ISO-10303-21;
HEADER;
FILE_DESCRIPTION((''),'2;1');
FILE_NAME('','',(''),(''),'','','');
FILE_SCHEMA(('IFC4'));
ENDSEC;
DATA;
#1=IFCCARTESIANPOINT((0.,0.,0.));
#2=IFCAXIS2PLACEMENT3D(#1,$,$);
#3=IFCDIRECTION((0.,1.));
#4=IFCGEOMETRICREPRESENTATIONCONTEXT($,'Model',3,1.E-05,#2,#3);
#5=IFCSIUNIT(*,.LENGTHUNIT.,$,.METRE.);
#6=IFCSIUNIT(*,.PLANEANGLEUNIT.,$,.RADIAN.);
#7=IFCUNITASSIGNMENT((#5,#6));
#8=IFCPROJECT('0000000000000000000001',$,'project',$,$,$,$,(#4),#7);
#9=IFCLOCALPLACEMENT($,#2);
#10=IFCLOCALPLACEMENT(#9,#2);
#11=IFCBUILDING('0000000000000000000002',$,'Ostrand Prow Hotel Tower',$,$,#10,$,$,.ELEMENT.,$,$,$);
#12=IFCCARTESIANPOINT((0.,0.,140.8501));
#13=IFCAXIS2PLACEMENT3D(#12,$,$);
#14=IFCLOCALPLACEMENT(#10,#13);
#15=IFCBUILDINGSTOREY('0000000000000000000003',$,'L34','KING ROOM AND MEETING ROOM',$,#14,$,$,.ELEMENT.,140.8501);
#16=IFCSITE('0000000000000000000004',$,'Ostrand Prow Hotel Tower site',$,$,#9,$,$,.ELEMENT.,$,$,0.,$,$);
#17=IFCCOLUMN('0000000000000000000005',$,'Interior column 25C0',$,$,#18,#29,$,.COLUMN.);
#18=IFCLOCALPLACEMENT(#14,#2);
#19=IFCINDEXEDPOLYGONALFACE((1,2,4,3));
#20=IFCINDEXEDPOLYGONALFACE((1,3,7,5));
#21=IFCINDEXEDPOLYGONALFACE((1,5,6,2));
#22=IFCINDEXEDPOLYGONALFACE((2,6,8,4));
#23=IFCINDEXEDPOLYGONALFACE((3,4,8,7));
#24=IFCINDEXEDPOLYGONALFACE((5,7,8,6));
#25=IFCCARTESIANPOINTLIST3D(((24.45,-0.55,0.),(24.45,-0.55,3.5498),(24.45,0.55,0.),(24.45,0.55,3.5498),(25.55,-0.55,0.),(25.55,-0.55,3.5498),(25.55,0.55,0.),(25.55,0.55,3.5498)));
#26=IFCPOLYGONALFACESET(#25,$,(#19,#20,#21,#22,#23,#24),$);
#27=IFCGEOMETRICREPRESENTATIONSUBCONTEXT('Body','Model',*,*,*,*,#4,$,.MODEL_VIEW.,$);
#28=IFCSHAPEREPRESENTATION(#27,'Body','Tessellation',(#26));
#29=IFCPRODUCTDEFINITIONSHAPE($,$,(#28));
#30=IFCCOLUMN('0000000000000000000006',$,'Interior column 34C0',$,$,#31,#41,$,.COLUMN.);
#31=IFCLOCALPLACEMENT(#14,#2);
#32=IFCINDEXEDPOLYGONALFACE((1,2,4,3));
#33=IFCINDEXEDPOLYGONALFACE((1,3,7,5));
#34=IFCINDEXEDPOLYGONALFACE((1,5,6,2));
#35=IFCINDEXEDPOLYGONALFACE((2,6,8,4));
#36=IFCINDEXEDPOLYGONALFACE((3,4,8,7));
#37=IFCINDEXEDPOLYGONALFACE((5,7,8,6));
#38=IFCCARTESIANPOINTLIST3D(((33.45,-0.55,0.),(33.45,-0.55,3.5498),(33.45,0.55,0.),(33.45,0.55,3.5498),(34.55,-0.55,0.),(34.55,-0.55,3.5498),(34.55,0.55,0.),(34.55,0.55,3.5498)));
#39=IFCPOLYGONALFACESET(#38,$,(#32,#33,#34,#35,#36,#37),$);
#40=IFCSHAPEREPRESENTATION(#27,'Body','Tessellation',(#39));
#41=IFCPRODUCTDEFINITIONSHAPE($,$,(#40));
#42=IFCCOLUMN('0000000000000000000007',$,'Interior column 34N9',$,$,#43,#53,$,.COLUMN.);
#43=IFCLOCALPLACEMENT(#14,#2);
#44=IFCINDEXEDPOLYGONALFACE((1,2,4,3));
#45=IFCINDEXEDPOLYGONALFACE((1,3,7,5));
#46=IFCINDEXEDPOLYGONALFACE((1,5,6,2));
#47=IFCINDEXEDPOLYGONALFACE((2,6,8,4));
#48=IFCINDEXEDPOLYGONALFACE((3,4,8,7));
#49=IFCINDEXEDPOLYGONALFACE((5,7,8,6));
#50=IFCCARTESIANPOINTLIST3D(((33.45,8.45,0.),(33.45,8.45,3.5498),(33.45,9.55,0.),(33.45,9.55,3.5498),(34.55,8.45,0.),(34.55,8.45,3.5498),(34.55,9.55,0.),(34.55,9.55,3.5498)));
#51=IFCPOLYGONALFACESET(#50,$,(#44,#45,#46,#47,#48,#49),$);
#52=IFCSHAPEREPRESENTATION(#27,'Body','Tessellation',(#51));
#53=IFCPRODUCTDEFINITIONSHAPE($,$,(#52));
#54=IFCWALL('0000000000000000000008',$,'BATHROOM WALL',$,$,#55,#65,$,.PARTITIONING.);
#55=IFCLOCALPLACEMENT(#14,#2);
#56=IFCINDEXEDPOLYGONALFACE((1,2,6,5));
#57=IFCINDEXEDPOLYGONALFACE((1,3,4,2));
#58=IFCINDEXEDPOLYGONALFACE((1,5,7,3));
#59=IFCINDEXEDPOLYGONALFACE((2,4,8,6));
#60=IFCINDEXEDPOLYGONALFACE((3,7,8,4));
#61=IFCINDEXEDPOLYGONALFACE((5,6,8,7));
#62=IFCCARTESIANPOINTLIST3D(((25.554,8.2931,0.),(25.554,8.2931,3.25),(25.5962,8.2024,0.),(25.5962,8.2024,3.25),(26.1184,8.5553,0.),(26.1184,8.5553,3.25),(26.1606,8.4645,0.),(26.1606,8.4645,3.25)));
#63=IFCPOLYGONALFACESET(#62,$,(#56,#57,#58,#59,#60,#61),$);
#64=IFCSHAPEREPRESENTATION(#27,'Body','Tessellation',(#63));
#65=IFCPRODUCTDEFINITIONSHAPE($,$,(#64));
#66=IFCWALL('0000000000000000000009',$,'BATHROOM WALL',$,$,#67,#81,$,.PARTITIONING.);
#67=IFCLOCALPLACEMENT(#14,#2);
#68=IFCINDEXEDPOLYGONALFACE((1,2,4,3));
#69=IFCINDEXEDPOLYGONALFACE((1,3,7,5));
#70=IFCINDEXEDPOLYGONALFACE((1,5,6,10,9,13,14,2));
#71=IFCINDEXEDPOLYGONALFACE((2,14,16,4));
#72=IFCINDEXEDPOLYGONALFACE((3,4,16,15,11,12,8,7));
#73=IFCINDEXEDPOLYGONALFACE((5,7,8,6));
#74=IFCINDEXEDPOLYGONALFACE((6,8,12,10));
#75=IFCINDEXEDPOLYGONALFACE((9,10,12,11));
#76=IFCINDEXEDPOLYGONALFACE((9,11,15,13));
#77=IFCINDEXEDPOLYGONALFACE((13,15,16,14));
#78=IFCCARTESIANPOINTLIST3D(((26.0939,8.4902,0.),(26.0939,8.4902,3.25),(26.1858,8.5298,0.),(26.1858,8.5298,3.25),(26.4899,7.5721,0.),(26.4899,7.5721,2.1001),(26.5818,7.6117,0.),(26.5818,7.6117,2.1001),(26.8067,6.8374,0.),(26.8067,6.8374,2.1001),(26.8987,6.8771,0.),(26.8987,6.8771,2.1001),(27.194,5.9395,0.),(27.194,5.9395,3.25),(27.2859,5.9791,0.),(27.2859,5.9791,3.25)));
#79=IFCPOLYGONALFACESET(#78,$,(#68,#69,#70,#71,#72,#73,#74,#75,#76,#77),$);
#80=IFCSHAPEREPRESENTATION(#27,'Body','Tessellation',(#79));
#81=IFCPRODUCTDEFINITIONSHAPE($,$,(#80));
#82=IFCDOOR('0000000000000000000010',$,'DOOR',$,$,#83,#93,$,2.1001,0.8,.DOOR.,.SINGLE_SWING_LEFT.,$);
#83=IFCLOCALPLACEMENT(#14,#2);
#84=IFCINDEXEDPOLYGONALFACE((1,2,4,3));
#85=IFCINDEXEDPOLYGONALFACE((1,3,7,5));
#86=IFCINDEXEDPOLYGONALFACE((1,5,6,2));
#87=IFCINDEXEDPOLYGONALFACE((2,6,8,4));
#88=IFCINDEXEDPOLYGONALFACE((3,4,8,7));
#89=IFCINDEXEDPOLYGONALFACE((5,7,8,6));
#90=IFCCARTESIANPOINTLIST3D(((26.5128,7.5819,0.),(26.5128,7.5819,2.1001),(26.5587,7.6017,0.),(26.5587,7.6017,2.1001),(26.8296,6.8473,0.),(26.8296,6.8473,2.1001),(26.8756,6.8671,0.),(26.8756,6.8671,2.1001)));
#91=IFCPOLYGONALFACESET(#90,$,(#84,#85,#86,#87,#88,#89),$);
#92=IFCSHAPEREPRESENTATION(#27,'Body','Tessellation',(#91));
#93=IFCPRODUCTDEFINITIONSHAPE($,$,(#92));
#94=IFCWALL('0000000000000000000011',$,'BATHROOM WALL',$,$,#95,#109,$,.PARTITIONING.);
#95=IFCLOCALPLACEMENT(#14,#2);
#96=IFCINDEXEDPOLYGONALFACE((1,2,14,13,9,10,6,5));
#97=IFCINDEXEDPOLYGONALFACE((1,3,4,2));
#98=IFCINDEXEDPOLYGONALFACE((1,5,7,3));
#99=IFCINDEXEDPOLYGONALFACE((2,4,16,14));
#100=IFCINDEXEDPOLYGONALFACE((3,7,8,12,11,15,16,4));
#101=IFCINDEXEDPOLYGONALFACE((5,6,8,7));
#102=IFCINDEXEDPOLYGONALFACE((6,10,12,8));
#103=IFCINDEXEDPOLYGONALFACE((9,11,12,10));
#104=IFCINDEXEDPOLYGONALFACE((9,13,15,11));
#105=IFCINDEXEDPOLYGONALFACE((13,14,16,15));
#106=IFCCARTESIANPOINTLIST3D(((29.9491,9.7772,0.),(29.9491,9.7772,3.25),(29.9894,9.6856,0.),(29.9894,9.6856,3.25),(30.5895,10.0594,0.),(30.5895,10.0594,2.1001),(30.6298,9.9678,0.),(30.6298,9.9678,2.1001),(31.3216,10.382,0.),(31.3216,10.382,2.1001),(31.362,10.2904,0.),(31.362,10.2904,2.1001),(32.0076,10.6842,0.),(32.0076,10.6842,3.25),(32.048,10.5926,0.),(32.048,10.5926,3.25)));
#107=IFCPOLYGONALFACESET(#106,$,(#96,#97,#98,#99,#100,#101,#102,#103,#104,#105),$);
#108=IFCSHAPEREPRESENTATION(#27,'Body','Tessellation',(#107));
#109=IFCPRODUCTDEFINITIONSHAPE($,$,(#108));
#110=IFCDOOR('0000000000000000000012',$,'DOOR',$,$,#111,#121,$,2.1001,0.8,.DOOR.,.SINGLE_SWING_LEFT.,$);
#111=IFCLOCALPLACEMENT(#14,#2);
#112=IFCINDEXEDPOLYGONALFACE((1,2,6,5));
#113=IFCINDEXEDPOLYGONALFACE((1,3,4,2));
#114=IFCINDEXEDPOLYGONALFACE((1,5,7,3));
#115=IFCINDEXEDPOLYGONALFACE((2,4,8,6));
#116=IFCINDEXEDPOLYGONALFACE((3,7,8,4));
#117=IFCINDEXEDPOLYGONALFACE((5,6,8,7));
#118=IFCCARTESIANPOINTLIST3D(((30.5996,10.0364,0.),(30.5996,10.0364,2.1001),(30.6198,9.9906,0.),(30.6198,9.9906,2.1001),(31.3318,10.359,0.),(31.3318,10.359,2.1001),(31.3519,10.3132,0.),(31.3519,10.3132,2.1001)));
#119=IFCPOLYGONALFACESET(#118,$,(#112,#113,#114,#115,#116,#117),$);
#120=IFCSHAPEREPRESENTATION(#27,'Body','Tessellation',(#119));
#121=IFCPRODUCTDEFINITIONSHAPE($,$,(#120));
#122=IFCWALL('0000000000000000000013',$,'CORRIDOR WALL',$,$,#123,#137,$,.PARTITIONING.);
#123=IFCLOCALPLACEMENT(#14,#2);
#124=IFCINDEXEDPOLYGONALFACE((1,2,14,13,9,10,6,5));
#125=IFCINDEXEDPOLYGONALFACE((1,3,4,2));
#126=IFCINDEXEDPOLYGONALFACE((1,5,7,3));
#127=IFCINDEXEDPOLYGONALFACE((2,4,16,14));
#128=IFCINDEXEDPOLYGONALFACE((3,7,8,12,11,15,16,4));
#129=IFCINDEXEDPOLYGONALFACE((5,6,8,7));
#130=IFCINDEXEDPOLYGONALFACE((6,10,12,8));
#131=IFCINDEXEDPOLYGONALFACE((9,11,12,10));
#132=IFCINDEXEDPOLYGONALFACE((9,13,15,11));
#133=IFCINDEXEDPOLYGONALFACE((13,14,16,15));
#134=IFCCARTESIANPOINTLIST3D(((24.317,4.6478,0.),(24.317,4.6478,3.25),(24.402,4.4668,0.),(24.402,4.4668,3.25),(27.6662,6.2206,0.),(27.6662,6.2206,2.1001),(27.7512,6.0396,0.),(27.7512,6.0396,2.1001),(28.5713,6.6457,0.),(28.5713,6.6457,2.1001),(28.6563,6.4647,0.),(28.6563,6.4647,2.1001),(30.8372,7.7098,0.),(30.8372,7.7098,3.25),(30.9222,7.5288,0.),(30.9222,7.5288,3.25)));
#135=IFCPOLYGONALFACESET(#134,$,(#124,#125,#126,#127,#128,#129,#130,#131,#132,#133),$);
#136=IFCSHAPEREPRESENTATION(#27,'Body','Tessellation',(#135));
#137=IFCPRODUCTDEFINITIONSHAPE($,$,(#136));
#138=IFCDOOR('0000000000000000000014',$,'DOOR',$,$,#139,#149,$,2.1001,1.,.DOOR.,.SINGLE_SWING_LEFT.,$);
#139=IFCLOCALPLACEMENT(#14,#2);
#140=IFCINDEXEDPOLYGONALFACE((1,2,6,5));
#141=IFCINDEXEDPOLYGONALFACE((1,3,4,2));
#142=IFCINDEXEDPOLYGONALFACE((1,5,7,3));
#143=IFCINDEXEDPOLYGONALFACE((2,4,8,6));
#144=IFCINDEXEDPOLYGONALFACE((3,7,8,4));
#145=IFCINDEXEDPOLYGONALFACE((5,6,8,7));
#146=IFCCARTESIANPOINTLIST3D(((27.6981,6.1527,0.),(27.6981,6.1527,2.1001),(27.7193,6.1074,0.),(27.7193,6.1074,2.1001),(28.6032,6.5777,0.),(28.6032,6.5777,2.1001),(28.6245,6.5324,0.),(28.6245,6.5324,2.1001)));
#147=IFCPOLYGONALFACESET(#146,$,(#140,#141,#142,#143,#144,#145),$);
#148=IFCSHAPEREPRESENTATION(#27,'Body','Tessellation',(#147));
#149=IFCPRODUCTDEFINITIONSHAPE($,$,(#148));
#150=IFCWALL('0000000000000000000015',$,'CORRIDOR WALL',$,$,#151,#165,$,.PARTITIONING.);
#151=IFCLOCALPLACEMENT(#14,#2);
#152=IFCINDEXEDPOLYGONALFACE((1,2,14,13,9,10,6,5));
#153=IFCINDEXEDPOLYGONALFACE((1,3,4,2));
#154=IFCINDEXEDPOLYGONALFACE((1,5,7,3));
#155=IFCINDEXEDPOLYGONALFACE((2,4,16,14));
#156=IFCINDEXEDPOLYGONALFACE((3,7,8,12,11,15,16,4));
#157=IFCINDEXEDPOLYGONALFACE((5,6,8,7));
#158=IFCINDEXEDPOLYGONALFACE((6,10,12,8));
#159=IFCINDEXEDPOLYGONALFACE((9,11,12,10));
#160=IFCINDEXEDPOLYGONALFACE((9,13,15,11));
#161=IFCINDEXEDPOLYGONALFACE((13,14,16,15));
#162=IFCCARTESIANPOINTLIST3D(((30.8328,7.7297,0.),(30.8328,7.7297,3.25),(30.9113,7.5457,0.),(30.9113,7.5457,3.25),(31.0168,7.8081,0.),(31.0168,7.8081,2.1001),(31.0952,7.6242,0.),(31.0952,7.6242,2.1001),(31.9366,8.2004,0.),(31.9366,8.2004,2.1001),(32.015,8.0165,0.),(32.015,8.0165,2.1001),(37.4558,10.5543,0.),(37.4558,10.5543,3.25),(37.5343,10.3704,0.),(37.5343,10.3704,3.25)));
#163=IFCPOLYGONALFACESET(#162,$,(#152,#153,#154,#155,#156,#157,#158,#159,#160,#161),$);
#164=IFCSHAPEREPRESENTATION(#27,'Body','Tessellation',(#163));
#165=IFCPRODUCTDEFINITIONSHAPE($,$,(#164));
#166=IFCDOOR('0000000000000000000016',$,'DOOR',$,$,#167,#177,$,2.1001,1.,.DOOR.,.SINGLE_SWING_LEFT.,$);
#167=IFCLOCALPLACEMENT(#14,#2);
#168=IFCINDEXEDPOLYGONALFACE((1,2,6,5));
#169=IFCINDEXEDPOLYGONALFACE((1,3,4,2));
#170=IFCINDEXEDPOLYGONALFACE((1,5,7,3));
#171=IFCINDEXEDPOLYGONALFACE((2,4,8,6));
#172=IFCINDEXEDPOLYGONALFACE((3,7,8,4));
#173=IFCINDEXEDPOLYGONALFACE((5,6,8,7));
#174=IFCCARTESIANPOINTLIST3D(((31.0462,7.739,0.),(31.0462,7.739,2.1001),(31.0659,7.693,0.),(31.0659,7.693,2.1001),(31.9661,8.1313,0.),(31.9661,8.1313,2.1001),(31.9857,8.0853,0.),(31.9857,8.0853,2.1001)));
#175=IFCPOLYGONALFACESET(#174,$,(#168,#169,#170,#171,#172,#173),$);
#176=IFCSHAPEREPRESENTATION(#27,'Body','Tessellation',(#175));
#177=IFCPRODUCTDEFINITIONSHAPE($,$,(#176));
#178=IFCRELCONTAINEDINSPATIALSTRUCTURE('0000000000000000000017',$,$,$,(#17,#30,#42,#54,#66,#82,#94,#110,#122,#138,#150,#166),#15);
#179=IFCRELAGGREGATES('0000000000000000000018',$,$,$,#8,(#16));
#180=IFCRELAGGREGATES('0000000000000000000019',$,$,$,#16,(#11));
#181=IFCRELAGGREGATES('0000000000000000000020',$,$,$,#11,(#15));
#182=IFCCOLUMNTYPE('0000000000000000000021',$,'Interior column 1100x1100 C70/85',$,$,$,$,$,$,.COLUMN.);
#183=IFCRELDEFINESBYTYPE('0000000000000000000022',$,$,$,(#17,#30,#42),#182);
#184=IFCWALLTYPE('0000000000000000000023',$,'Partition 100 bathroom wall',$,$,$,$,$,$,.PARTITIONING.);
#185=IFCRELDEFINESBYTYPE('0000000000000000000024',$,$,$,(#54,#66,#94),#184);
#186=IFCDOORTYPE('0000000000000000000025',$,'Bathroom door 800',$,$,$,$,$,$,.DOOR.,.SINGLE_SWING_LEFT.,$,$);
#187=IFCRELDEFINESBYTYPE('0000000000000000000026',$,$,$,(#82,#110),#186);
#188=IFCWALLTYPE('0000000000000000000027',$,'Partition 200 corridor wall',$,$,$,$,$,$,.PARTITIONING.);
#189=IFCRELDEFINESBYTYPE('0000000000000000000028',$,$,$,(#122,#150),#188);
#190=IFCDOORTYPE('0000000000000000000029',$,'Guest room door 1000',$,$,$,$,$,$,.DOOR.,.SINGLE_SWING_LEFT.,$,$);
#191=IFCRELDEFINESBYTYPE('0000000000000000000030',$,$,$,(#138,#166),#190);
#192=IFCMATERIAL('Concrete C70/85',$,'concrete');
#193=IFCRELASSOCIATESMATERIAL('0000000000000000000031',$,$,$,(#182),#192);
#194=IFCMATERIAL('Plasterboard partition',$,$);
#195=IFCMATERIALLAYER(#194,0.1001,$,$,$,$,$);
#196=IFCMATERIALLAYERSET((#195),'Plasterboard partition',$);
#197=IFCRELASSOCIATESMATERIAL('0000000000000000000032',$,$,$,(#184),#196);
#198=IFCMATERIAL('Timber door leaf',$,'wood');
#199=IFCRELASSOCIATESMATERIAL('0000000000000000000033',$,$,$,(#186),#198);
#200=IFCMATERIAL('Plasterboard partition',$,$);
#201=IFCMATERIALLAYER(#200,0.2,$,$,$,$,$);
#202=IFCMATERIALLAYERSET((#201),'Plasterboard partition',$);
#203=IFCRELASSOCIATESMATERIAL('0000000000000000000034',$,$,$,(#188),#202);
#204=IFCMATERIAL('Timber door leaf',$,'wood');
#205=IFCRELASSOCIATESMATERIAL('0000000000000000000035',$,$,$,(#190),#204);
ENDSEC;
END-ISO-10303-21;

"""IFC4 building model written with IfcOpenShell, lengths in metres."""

from ifc_helpers import new_model, si_unit, direction, frame, frame_2d, origin, origin_2d, place, context, subcontext, project, spatial, rectangle, extrude, material, layer, layer_set, material_profile, profile_set, type_object, element, fill, save


model = new_model("IFC4")

# Units and contexts
model_context = context("Model", 3, precision=1e-05, world=origin(), true_north=direction((0.0, 1.0)))
body_context = subcontext(model_context, "Body", "Model", "MODEL_VIEW")
ifc_project = project(units=[si_unit("LENGTHUNIT", "METRE"), si_unit("PLANEANGLEUNIT", "RADIAN")], contexts=[model_context])

# Site, building, storey
site_placement = place(None, origin())
site = spatial("IfcSite", under=ifc_project, at=site_placement, Name="Ostrand Prow Hotel Tower site", CompositionType="ELEMENT", RefElevation=0.0)
building_placement = place(site_placement, origin())
building = spatial("IfcBuilding", under=site, at=building_placement, Name="Ostrand Prow Hotel Tower", CompositionType="ELEMENT")
storey_placement = place(building_placement, frame((0.0, 0.0, 140.8501)))
storey = spatial("IfcBuildingStorey", under=building, at=storey_placement, Name="L34", Description="KING ROOM AND MEETING ROOM", CompositionType="ELEMENT", Elevation=140.8501)

# Columns
ifc_material_1 = material(Name="Concrete C70/85", Category="concrete")
ifc_material_profile = material_profile(ifc_material_1, rectangle(XDim=1.1001, YDim=1.1001, at=origin_2d()), Name="RC 1100x1100")
ifc_profile_set = profile_set([ifc_material_profile], Name="Concrete C70/85")
column_type = type_object("IfcColumnType", Name="Interior column 1100x1100 C70/85", PredefinedType="COLUMN", material=ifc_profile_set)
for number, where, z_axis, x_axis, name in (
    (1, (25.0, 0.0, 0.0), (0.0, 0.0, 1.0), (1.0, 0.0, 0.0), "Interior column 25C0"),
    (2, (34.0, 0.0, 0.0), (0.0, 0.0, 1.0), (1.0, 0.0, 0.0), "Interior column 34C0"),
    (3, (34.0, 9.0, 0.0), (0.0, 0.0, 1.0), (1.0, 0.0, 0.0), "Interior column 34N9"),
):
    element("IfcColumn", number, at=place(storey_placement, frame(where, z_axis=z_axis, x_axis=x_axis)), inside=storey, type_object=column_type, Name=name, PredefinedType="COLUMN", context=body_context, shape_type="SweptSolid", body=[
        extrude(rectangle(XDim=1.1001, YDim=1.1001, at=origin_2d()), origin(), (0.0, 0.0, 1.0), 3.5498),
    ])

# Wall
ifc_material_2 = material(Name="Plasterboard partition")
ifc_layer_1 = layer(ifc_material_2, 0.1001)
ifc_layer_set_1 = layer_set([ifc_layer_1], Name="Plasterboard partition")
wall_type_1 = type_object("IfcWallType", Name="Partition 100 bathroom wall", PredefinedType="PARTITIONING", material=ifc_layer_set_1)
wall_1_placement = place(storey_placement, frame((25.5752, 8.2478, 0.0), z_axis=(0.0, 0.0, 1.0), x_axis=(0.906923, 0.421296, 0.0)))
element("IfcWall", 4, at=wall_1_placement, inside=storey, type_object=wall_type_1, Name="BATHROOM WALL", PredefinedType="PARTITIONING", context=body_context, shape_type="SweptSolid", body=[
    extrude(rectangle(XDim=0.6223, YDim=0.1001, at=frame_2d((0.311, 0.0))), origin(), (0.0, 0.0, 1.0), 3.25),
])

# Walls, openings, doors
wall_2_placement = place(storey_placement, frame((26.1399, 8.51, 0.0), z_axis=(0.0, 0.0, 1.0), x_axis=(0.396018, -0.918243, 0.0)))
wall_2 = element("IfcWall", 5, at=wall_2_placement, inside=storey, type_object=wall_type_1, Name="BATHROOM WALL", PredefinedType="PARTITIONING", context=body_context, shape_type="SweptSolid", body=[
    extrude(rectangle(XDim=2.7778, YDim=0.1001, at=frame_2d((1.3889, 0.0))), origin(), (0.0, 0.0, 1.0), 3.25),
])
opening_1_placement = place(wall_2_placement, frame((1.0, 0.0, 0.0)))
opening_1 = element("IfcOpeningElement", 6, at=opening_1_placement, cuts=wall_2, PredefinedType="OPENING", context=body_context, shape_type="SweptSolid", body=[
    extrude(rectangle(XDim=0.8, YDim=2.1001, at=frame_2d((0.3999, 1.05))), frame((0.0, 0.0601, 0.0), z_axis=(0.0, -1.0, 0.0), x_axis=(1.0, 0.0, 0.0)), (0.0, 0.0, 1.0), 0.1201),
])
ifc_material_3 = material(Name="Timber door leaf", Category="wood")
door_type_1 = type_object("IfcDoorType", Name="Bathroom door 800", OperationType="SINGLE_SWING_LEFT", PredefinedType="DOOR", material=ifc_material_3)
door_1_placement = place(opening_1_placement, origin())
door_1 = element("IfcDoor", 7, at=door_1_placement, inside=storey, type_object=door_type_1, Name="DOOR", OperationType="SINGLE_SWING_LEFT", OverallHeight=2.1001, OverallWidth=0.8, PredefinedType="DOOR", context=body_context, shape_type="SweptSolid", body=[
    extrude(rectangle(XDim=0.8, YDim=2.1001, at=frame_2d((0.3999, 1.05))), frame((0.0, 0.0249, 0.0), z_axis=(0.0, -1.0, 0.0), x_axis=(1.0, 0.0, 0.0)), (0.0, 0.0, 1.0), 0.05),
])
fill(opening_1, door_1)
wall_3_placement = place(storey_placement, frame((29.9692, 9.7314, 0.0), z_axis=(0.0, 0.0, 1.0), x_axis=(0.915118, 0.403186, 0.0)))
wall_3 = element("IfcWall", 8, at=wall_3_placement, inside=storey, type_object=wall_type_1, Name="BATHROOM WALL", PredefinedType="PARTITIONING", context=body_context, shape_type="SweptSolid", body=[
    extrude(rectangle(XDim=2.2495, YDim=0.1001, at=frame_2d((1.1248, 0.0))), origin(), (0.0, 0.0, 1.0), 3.25),
])
opening_2_placement = place(wall_3_placement, frame((0.7, 0.0, 0.0)))
opening_2 = element("IfcOpeningElement", 9, at=opening_2_placement, cuts=wall_3, PredefinedType="OPENING", context=body_context, shape_type="SweptSolid", body=[
    extrude(rectangle(XDim=0.8, YDim=2.1001, at=frame_2d((0.3999, 1.05))), frame((0.0, 0.0601, 0.0), z_axis=(0.0, -1.0, 0.0), x_axis=(1.0, 0.0, 0.0)), (0.0, 0.0, 1.0), 0.1201),
])
door_2_placement = place(opening_2_placement, origin())
door_2 = element("IfcDoor", 10, at=door_2_placement, inside=storey, type_object=door_type_1, Name="DOOR", OperationType="SINGLE_SWING_LEFT", OverallHeight=2.1001, OverallWidth=0.8, PredefinedType="DOOR", context=body_context, shape_type="SweptSolid", body=[
    extrude(rectangle(XDim=0.8, YDim=2.1001, at=frame_2d((0.3999, 1.05))), frame((0.0, 0.0249, 0.0), z_axis=(0.0, -1.0, 0.0), x_axis=(1.0, 0.0, 0.0)), (0.0, 0.0, 1.0), 0.05),
])
fill(opening_2, door_2)
ifc_material_4 = material(Name="Plasterboard partition")
ifc_layer_2 = layer(ifc_material_4, 0.2)
ifc_layer_set_2 = layer_set([ifc_layer_2], Name="Plasterboard partition")
wall_type_2 = type_object("IfcWallType", Name="Partition 200 corridor wall", PredefinedType="PARTITIONING", material=ifc_layer_set_2)
wall_4_placement = place(storey_placement, frame((24.3596, 4.5574, 0.0), z_axis=(0.0, 0.0, 1.0), x_axis=(0.905158, 0.425075, 0.0)))
wall_4 = element("IfcWall", 11, at=wall_4_placement, inside=storey, type_object=wall_type_2, Name="CORRIDOR WALL", PredefinedType="PARTITIONING", context=body_context, shape_type="SweptSolid", body=[
    extrude(rectangle(XDim=7.2034, YDim=0.2, at=frame_2d((3.6016, 0.0))), origin(), (0.0, 0.0, 1.0), 3.25),
])
opening_3_placement = place(wall_4_placement, frame((3.7, 0.0, 0.0)))
opening_3 = element("IfcOpeningElement", 12, at=opening_3_placement, cuts=wall_4, PredefinedType="OPENING", context=body_context, shape_type="SweptSolid", body=[
    extrude(rectangle(XDim=1.0, YDim=2.1001, at=frame_2d((0.5, 1.05))), frame((0.0, 0.1099, 0.0), z_axis=(0.0, -1.0, 0.0), x_axis=(1.0, 0.0, 0.0)), (0.0, 0.0, 1.0), 0.22),
])
ifc_material_5 = material(Name="Timber door leaf", Category="wood")
door_type_2 = type_object("IfcDoorType", Name="Guest room door 1000", OperationType="SINGLE_SWING_LEFT", PredefinedType="DOOR", material=ifc_material_5)
door_3_placement = place(opening_3_placement, origin())
door_3 = element("IfcDoor", 13, at=door_3_placement, inside=storey, type_object=door_type_2, Name="DOOR", OperationType="SINGLE_SWING_LEFT", OverallHeight=2.1001, OverallWidth=1.0, PredefinedType="DOOR", context=body_context, shape_type="SweptSolid", body=[
    extrude(rectangle(XDim=1.0, YDim=2.1001, at=frame_2d((0.5, 1.05))), frame((0.0, 0.0249, 0.0), z_axis=(0.0, -1.0, 0.0), x_axis=(1.0, 0.0, 0.0)), (0.0, 0.0, 1.0), 0.05),
])
fill(opening_3, door_3)
wall_5_placement = place(storey_placement, frame((30.8721, 7.6377, 0.0), z_axis=(0.0, 0.0, 1.0), x_axis=(0.919835, 0.392306, 0.0)))
wall_5 = element("IfcWall", 14, at=wall_5_placement, inside=storey, type_object=wall_type_2, Name="CORRIDOR WALL", PredefinedType="PARTITIONING", context=body_context, shape_type="SweptSolid", body=[
    extrude(rectangle(XDim=7.2002, YDim=0.2, at=frame_2d((3.6001, 0.0))), origin(), (0.0, 0.0, 1.0), 3.25),
])
opening_4_placement = place(wall_5_placement, frame((0.2, 0.0, 0.0)))
opening_4 = element("IfcOpeningElement", 15, at=opening_4_placement, cuts=wall_5, PredefinedType="OPENING", context=body_context, shape_type="SweptSolid", body=[
    extrude(rectangle(XDim=1.0, YDim=2.1001, at=frame_2d((0.5, 1.05))), frame((0.0, 0.1099, 0.0), z_axis=(0.0, -1.0, 0.0), x_axis=(1.0, 0.0, 0.0)), (0.0, 0.0, 1.0), 0.22),
])
door_4_placement = place(opening_4_placement, origin())
door_4 = element("IfcDoor", 16, at=door_4_placement, inside=storey, type_object=door_type_2, Name="DOOR", OperationType="SINGLE_SWING_LEFT", OverallHeight=2.1001, OverallWidth=1.0, PredefinedType="DOOR", context=body_context, shape_type="SweptSolid", body=[
    extrude(rectangle(XDim=1.0, YDim=2.1001, at=frame_2d((0.5, 1.05))), frame((0.0, 0.0249, 0.0), z_axis=(0.0, -1.0, 0.0), x_axis=(1.0, 0.0, 0.0)), (0.0, 0.0, 1.0), 0.05),
])
fill(opening_4, door_4)

save(model, "model.ifc")
